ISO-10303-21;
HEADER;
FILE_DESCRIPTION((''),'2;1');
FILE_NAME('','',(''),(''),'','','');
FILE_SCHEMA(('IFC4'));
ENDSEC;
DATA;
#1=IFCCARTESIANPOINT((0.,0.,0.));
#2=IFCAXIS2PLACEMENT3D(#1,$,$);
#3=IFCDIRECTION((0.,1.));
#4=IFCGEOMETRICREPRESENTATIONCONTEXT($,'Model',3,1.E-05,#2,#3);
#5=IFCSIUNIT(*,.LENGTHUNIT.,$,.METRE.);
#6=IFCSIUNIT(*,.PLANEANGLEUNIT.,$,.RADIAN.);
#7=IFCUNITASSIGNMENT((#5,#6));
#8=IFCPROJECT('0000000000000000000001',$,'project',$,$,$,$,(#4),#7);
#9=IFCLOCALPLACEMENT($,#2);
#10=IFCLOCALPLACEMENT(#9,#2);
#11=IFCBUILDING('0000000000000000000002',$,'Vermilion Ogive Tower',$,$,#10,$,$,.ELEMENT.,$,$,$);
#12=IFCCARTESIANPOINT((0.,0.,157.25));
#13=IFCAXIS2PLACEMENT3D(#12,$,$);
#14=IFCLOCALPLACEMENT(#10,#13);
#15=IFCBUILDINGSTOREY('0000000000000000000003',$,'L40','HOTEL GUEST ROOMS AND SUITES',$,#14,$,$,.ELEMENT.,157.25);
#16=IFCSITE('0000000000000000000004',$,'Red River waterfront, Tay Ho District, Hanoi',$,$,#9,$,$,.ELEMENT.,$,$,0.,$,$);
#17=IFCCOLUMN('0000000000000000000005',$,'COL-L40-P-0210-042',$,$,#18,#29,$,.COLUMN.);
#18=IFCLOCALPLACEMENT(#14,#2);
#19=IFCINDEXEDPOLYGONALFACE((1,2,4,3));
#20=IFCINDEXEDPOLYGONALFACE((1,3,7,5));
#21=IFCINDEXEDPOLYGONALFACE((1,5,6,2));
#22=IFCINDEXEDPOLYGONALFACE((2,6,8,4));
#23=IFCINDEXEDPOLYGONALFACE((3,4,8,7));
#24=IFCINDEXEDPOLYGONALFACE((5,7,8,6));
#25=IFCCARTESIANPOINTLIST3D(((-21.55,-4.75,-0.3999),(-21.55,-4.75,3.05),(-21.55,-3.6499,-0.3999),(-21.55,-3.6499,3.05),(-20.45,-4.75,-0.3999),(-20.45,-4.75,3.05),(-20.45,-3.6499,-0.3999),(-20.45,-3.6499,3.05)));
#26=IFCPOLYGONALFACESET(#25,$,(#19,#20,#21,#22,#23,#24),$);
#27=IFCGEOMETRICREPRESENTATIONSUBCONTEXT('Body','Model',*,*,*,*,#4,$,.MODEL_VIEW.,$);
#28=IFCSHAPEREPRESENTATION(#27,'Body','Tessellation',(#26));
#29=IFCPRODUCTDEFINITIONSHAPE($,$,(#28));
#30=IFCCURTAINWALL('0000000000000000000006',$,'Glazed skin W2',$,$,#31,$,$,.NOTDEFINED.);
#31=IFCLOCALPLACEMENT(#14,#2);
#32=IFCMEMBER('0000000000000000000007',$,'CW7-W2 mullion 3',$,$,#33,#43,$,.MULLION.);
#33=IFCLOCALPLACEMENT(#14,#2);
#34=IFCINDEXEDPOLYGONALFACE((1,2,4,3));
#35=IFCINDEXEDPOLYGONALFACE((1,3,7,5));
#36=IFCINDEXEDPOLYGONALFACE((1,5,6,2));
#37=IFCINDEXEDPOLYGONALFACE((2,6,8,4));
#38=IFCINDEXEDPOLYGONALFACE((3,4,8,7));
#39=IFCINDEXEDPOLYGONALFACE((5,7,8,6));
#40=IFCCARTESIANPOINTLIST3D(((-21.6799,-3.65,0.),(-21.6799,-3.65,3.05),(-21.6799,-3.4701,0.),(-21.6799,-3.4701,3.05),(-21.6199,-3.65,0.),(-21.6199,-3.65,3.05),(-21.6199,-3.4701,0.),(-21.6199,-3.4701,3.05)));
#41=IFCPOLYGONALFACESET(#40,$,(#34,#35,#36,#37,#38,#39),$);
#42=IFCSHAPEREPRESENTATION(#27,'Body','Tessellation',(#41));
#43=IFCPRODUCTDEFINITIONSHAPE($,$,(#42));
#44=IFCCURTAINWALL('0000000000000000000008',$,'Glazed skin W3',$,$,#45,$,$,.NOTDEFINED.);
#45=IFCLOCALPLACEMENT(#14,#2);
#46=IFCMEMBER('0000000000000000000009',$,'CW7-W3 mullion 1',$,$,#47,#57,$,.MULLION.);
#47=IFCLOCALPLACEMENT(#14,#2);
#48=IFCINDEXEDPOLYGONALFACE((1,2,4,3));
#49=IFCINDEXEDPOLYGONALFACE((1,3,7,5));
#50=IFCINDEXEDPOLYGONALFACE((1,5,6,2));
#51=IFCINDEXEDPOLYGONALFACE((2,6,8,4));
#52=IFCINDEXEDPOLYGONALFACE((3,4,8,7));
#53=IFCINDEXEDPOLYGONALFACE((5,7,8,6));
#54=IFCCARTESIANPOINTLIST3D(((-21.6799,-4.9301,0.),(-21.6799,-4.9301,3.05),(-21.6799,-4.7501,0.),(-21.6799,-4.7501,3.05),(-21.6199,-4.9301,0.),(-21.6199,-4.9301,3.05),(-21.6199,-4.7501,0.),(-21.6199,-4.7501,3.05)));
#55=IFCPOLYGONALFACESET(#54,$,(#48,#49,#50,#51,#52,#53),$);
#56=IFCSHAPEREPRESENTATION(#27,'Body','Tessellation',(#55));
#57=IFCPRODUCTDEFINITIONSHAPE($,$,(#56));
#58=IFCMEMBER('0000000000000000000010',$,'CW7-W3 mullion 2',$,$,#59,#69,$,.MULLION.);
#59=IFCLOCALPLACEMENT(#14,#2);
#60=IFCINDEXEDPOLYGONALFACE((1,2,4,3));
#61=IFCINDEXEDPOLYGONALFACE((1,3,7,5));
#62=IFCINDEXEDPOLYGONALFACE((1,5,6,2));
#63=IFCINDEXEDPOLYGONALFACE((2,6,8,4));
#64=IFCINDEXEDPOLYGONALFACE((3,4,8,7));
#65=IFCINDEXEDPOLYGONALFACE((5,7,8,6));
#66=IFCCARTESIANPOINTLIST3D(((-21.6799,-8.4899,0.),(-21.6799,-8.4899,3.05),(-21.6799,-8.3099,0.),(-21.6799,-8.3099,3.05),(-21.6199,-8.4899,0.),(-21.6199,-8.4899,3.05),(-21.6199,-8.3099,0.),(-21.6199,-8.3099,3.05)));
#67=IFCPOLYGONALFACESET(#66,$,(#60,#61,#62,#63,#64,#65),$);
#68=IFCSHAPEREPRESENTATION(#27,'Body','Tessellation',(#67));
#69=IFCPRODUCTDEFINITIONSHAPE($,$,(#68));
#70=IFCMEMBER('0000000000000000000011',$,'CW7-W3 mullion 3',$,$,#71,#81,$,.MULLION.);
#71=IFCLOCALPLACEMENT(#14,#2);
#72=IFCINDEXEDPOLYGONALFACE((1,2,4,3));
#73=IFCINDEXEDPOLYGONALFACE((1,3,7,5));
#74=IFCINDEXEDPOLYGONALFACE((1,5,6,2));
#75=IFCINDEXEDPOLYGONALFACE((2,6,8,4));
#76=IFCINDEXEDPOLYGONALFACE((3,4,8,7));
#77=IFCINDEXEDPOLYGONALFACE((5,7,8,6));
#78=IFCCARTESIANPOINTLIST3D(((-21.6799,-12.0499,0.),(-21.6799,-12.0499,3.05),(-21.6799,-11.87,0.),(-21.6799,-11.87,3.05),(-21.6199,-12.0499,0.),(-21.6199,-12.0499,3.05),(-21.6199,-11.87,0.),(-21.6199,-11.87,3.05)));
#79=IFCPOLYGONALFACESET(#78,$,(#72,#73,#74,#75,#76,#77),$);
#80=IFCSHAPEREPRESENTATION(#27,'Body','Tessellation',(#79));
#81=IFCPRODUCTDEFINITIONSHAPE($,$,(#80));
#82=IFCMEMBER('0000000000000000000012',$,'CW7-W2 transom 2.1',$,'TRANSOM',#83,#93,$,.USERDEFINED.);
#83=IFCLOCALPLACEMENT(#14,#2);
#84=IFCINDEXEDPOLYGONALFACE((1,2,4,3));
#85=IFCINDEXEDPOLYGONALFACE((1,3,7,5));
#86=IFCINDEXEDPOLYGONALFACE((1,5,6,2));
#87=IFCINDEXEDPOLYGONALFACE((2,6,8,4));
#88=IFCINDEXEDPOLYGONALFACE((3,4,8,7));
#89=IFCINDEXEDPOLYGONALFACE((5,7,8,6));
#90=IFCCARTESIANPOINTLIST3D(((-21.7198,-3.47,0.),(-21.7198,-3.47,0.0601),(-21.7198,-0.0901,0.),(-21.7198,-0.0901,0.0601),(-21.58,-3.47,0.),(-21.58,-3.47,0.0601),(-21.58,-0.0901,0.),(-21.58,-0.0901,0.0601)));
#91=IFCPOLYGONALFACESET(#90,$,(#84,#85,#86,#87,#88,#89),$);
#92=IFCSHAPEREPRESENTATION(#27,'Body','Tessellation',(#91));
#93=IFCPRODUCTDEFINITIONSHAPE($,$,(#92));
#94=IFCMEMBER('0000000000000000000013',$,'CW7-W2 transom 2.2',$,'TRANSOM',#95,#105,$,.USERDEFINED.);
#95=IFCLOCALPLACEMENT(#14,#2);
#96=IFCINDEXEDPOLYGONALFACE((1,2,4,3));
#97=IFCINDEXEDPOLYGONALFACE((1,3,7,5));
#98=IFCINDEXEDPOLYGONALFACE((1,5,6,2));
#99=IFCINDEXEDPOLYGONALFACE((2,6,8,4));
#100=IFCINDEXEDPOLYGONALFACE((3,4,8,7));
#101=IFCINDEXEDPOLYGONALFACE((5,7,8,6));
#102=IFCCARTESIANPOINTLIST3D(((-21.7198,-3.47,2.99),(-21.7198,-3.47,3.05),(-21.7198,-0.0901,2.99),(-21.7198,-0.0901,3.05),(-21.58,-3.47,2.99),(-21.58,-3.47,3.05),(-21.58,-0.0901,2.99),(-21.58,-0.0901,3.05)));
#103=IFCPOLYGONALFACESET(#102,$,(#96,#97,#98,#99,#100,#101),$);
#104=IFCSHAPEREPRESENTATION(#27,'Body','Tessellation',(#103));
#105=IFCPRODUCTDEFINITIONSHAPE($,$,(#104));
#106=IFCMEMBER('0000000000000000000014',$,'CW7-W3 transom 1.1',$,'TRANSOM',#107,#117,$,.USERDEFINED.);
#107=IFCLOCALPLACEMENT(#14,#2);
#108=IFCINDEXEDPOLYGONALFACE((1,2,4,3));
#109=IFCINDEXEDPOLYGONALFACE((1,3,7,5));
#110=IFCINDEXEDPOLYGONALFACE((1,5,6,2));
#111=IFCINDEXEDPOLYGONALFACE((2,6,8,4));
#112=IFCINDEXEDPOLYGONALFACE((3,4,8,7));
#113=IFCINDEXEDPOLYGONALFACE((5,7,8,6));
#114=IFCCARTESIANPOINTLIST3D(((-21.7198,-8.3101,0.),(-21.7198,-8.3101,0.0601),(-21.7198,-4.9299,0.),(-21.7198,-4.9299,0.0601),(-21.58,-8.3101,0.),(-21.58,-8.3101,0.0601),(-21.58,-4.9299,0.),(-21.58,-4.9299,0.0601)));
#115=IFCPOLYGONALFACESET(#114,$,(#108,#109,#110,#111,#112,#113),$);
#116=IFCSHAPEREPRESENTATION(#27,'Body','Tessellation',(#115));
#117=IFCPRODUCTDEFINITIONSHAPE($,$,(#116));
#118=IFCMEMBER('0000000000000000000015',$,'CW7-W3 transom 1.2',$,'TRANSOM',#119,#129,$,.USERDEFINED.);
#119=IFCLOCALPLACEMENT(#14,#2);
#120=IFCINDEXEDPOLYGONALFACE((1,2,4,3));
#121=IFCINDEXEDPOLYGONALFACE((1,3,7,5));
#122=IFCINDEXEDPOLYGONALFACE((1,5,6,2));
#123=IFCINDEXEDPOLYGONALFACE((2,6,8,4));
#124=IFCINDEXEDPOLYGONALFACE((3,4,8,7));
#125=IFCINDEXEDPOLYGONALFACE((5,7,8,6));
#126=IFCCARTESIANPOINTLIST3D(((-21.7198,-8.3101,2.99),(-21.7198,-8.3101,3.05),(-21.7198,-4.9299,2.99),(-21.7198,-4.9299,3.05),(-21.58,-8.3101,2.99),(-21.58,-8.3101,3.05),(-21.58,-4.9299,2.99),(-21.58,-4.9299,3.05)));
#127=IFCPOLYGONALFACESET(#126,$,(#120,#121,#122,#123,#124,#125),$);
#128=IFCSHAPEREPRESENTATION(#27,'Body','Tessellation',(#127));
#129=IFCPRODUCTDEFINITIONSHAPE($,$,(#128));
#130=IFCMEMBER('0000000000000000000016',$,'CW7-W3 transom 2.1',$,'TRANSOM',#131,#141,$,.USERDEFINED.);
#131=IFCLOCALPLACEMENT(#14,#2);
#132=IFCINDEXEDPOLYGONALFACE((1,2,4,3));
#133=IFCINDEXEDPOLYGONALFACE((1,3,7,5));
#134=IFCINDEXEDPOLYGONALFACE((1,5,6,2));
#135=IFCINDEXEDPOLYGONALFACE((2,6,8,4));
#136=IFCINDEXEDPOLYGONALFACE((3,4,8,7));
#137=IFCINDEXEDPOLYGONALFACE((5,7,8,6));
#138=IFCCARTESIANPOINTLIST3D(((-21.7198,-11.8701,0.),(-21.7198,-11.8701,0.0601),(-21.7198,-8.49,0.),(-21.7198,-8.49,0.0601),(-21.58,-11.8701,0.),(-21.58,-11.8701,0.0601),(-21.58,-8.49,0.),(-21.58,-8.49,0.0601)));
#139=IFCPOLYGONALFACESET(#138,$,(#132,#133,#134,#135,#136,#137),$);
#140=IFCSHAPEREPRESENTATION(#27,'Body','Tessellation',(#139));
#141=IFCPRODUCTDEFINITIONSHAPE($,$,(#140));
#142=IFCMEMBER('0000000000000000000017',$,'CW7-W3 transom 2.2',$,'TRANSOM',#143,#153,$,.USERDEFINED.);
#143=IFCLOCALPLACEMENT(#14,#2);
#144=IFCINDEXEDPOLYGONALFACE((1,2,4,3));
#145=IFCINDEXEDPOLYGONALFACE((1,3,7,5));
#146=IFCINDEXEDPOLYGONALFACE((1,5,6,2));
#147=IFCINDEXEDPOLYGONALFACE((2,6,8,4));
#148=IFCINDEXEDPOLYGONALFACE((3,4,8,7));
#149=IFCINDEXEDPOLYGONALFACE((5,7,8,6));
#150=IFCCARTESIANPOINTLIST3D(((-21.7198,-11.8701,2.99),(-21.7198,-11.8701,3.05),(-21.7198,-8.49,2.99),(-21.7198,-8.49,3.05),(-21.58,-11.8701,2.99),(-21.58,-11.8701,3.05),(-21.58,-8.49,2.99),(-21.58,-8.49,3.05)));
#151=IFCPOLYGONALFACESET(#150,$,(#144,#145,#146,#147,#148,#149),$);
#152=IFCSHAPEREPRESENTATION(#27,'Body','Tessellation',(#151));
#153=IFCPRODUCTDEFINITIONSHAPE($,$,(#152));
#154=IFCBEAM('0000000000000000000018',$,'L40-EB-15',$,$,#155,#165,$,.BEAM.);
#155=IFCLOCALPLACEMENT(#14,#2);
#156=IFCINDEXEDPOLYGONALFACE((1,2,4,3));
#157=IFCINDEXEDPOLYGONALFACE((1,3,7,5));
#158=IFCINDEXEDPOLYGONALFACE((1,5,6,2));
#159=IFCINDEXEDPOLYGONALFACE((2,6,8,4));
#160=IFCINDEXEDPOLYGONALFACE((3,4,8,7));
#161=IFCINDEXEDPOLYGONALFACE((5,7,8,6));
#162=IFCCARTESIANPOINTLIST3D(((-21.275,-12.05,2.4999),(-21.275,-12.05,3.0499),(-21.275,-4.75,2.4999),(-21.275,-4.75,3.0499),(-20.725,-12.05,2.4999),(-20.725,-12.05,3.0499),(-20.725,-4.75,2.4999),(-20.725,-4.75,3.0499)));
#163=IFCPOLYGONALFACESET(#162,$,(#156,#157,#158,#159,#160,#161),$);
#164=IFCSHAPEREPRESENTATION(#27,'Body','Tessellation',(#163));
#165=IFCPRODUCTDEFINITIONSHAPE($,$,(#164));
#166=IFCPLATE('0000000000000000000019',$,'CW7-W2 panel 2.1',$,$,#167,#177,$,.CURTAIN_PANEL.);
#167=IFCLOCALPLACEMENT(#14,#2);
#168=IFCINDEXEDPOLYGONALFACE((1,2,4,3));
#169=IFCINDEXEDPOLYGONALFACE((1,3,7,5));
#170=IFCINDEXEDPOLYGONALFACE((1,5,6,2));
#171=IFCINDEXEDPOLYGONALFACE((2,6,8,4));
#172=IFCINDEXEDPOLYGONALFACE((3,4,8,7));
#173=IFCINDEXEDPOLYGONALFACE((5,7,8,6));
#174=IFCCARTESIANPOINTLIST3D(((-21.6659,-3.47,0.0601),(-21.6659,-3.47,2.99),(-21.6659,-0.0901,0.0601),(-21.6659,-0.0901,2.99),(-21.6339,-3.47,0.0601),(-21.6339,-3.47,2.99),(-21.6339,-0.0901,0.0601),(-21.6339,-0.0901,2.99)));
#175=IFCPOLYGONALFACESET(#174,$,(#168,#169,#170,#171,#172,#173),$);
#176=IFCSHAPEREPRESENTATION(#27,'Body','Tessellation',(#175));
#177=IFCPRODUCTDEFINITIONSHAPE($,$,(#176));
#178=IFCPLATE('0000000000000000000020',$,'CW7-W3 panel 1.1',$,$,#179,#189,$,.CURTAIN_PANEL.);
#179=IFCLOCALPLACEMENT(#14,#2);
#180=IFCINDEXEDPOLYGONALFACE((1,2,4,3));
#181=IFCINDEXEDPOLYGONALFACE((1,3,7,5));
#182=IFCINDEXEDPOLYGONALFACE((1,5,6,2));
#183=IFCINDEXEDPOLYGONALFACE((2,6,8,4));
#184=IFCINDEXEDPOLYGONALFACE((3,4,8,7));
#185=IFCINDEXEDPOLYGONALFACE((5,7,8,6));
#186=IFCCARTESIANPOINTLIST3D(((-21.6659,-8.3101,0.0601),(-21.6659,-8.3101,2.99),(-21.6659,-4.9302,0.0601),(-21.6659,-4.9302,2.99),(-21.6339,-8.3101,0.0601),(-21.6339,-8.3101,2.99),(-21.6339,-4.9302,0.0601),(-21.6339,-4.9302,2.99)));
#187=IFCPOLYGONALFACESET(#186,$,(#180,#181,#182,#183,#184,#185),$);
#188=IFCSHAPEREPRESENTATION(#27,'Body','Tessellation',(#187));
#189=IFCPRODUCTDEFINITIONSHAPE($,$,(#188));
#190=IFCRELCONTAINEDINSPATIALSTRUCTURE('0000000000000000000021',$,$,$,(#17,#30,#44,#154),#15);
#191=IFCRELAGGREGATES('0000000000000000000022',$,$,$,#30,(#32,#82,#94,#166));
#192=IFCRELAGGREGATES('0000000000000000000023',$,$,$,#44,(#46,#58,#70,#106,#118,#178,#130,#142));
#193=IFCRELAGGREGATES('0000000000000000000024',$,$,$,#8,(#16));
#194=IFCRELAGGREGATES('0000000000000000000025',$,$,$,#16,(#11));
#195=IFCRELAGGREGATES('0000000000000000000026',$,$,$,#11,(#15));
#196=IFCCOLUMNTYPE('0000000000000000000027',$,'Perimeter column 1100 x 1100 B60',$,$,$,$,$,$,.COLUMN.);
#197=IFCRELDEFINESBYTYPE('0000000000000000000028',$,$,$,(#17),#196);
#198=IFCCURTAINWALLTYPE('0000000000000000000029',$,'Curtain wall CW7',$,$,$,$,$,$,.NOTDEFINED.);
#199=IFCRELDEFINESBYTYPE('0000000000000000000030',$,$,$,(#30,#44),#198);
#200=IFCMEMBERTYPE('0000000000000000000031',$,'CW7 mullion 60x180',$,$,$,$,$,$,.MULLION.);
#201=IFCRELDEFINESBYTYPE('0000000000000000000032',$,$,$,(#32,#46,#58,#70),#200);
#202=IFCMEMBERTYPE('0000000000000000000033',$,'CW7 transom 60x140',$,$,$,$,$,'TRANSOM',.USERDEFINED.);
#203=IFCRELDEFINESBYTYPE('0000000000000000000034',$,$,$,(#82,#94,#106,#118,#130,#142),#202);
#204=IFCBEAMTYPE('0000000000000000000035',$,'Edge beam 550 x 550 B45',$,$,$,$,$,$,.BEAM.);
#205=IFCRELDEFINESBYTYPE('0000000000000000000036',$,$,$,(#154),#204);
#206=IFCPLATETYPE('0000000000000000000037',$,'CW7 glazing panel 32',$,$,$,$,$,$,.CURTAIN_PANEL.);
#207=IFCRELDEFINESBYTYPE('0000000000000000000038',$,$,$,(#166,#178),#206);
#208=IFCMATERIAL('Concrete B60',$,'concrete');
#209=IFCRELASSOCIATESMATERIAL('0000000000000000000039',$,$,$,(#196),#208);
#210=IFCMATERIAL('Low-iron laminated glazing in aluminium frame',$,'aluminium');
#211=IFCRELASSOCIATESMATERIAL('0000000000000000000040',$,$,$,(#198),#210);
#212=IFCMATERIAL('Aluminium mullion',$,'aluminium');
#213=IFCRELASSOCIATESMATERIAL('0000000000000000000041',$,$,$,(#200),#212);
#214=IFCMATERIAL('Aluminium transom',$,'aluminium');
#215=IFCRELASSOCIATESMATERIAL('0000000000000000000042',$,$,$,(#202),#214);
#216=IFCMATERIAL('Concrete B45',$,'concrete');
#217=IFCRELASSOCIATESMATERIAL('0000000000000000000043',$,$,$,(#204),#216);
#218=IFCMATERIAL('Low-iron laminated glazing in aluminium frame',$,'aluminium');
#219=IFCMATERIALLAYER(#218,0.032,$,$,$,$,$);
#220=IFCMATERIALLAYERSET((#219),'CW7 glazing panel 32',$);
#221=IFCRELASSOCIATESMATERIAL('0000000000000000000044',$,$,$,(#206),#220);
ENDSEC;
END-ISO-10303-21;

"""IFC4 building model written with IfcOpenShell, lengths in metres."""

from ifc_helpers import new_model, si_unit, direction, frame, origin, origin_2d, place, context, subcontext, project, spatial, rectangle, extrude, material, layer, layer_set, material_profile, profile_set, type_object, element, aggregate, save


model = new_model("IFC4")

# Units and contexts
model_context = context("Model", 3, precision=1e-05, world=origin(), true_north=direction((0.0, 1.0)))
body_context = subcontext(model_context, "Body", "Model", "MODEL_VIEW")
ifc_project = project(units=[si_unit("LENGTHUNIT", "METRE"), si_unit("PLANEANGLEUNIT", "RADIAN")], contexts=[model_context])

# Site, building, storey
site_placement = place(None, origin())
site = spatial("IfcSite", under=ifc_project, at=site_placement, Name="Red River waterfront, Tay Ho District, Hanoi", CompositionType="ELEMENT", RefElevation=0.0)
building_placement = place(site_placement, origin())
building = spatial("IfcBuilding", under=site, at=building_placement, Name="Vermilion Ogive Tower", CompositionType="ELEMENT")
storey_placement = place(building_placement, frame((0.0, 0.0, 157.25)))
storey = spatial("IfcBuildingStorey", under=building, at=storey_placement, Name="L40", Description="HOTEL GUEST ROOMS AND SUITES", CompositionType="ELEMENT", Elevation=157.25)

# Column
ifc_material_1 = material(Name="Concrete B60", Category="concrete")
ifc_material_profile_1 = material_profile(ifc_material_1, rectangle(XDim=1.1001, YDim=1.1001, at=origin_2d()), Name="1100 x 1100")
ifc_profile_set_1 = profile_set([ifc_material_profile_1], Name="Concrete B60")
column_type = type_object("IfcColumnType", Name="Perimeter column 1100 x 1100 B60", PredefinedType="COLUMN", material=ifc_profile_set_1)
column_placement = place(storey_placement, frame((-21.0, -4.2, -0.3999), z_axis=(0.0, 0.0, 1.0), x_axis=(1.0, 0.0, 0.0)))
element("IfcColumn", 1, at=column_placement, inside=storey, type_object=column_type, Name="COL-L40-P-0210-042", PredefinedType="COLUMN", context=body_context, shape_type="SweptSolid", body=[
    extrude(rectangle(XDim=1.1001, YDim=1.1001, at=origin_2d()), origin(), (0.0, 0.0, 1.0), 3.45),
])

# Curtain wall, member
ifc_material_2 = material(Name="Low-iron laminated glazing in aluminium frame", Category="aluminium")
curtain_wall_type = type_object("IfcCurtainWallType", Name="Curtain wall CW7", PredefinedType="NOTDEFINED", material=ifc_material_2)
curtain_wall_1_placement = place(storey_placement, origin())
curtain_wall_1 = element("IfcCurtainWall", 2, at=curtain_wall_1_placement, inside=storey, type_object=curtain_wall_type, Name="Glazed skin W2", PredefinedType="NOTDEFINED")
ifc_material_3 = material(Name="Aluminium mullion", Category="aluminium")
ifc_material_profile_2 = material_profile(ifc_material_3, rectangle(XDim=0.0601, YDim=0.1799, at=origin_2d()), Name="AL 60x180")
ifc_profile_set_2 = profile_set([ifc_material_profile_2], Name="Aluminium mullion")
member_type_1 = type_object("IfcMemberType", Name="CW7 mullion 60x180", PredefinedType="MULLION", material=ifc_profile_set_2)
member_1_placement = place(storey_placement, frame((-21.6499, -3.5601, 0.0), z_axis=(0.0, 0.0, 1.0), x_axis=(1.0, 0.0, 0.0)))
member_1 = element("IfcMember", 3, at=member_1_placement, type_object=member_type_1, Name="CW7-W2 mullion 3", PredefinedType="MULLION", context=body_context, shape_type="SweptSolid", body=[
    extrude(rectangle(XDim=0.0601, YDim=0.1799, at=origin_2d()), origin(), (0.0, 0.0, 1.0), 3.05),
])

# Curtain wall, members
curtain_wall_2_placement = place(storey_placement, origin())
curtain_wall_2 = element("IfcCurtainWall", 4, at=curtain_wall_2_placement, inside=storey, type_object=curtain_wall_type, Name="Glazed skin W3", PredefinedType="NOTDEFINED")
member_2_placement = place(storey_placement, frame((-21.6499, -4.8401, 0.0), z_axis=(0.0, 0.0, 1.0), x_axis=(1.0, 0.0, 0.0)))
member_2 = element("IfcMember", 5, at=member_2_placement, type_object=member_type_1, Name="CW7-W3 mullion 1", PredefinedType="MULLION", context=body_context, shape_type="SweptSolid", body=[
    extrude(rectangle(XDim=0.0601, YDim=0.1799, at=origin_2d()), origin(), (0.0, 0.0, 1.0), 3.05),
])
member_3_placement = place(storey_placement, frame((-21.6499, -8.3999, 0.0), z_axis=(0.0, 0.0, 1.0), x_axis=(1.0, 0.0, 0.0)))
member_3 = element("IfcMember", 6, at=member_3_placement, type_object=member_type_1, Name="CW7-W3 mullion 2", PredefinedType="MULLION", context=body_context, shape_type="SweptSolid", body=[
    extrude(rectangle(XDim=0.0601, YDim=0.1799, at=origin_2d()), origin(), (0.0, 0.0, 1.0), 3.05),
])
member_4_placement = place(storey_placement, frame((-21.6499, -11.96, 0.0), z_axis=(0.0, 0.0, 1.0), x_axis=(1.0, 0.0, 0.0)))
member_4 = element("IfcMember", 7, at=member_4_placement, type_object=member_type_1, Name="CW7-W3 mullion 3", PredefinedType="MULLION", context=body_context, shape_type="SweptSolid", body=[
    extrude(rectangle(XDim=0.0601, YDim=0.1799, at=origin_2d()), origin(), (0.0, 0.0, 1.0), 3.05),
])

# Members
ifc_material_4 = material(Name="Aluminium transom", Category="aluminium")
ifc_material_profile_3 = material_profile(ifc_material_4, rectangle(XDim=0.1399, YDim=0.0601, at=origin_2d()), Name="AL 60x140")
ifc_profile_set_3 = profile_set([ifc_material_profile_3], Name="Aluminium transom")
member_type_2 = type_object("IfcMemberType", Name="CW7 transom 60x140", ElementType="TRANSOM", PredefinedType="USERDEFINED", material=ifc_profile_set_3)
member_5_placement = place(storey_placement, frame((-21.6499, -0.0901, 0.03), z_axis=(0.0, -1.0, 0.0), x_axis=(1.0, 0.0, 0.0)))
member_5 = element("IfcMember", 8, at=member_5_placement, type_object=member_type_2, Name="CW7-W2 transom 2.1", ObjectType="TRANSOM", PredefinedType="USERDEFINED", context=body_context, shape_type="SweptSolid", body=[
    extrude(rectangle(XDim=0.1399, YDim=0.0601, at=origin_2d()), origin(), (0.0, 0.0, 1.0), 3.3799),
])
member_6_placement = place(storey_placement, frame((-21.6499, -0.0901, 3.02), z_axis=(0.0, -1.0, 0.0), x_axis=(1.0, 0.0, 0.0)))
member_6 = element("IfcMember", 9, at=member_6_placement, type_object=member_type_2, Name="CW7-W2 transom 2.2", ObjectType="TRANSOM", PredefinedType="USERDEFINED", context=body_context, shape_type="SweptSolid", body=[
    extrude(rectangle(XDim=0.1399, YDim=0.0601, at=origin_2d()), origin(), (0.0, 0.0, 1.0), 3.3799),
])
member_7_placement = place(storey_placement, frame((-21.6499, -4.9299, 0.03), z_axis=(0.0, -1.0, 0.0), x_axis=(1.0, 0.0, 0.0)))
member_7 = element("IfcMember", 10, at=member_7_placement, type_object=member_type_2, Name="CW7-W3 transom 1.1", ObjectType="TRANSOM", PredefinedType="USERDEFINED", context=body_context, shape_type="SweptSolid", body=[
    extrude(rectangle(XDim=0.1399, YDim=0.0601, at=origin_2d()), origin(), (0.0, 0.0, 1.0), 3.3801),
])
member_8_placement = place(storey_placement, frame((-21.6499, -4.9299, 3.02), z_axis=(0.0, -1.0, 0.0), x_axis=(1.0, 0.0, 0.0)))
member_8 = element("IfcMember", 11, at=member_8_placement, type_object=member_type_2, Name="CW7-W3 transom 1.2", ObjectType="TRANSOM", PredefinedType="USERDEFINED", context=body_context, shape_type="SweptSolid", body=[
    extrude(rectangle(XDim=0.1399, YDim=0.0601, at=origin_2d()), origin(), (0.0, 0.0, 1.0), 3.3801),
])
member_9_placement = place(storey_placement, frame((-21.6499, -8.49, 0.03), z_axis=(0.0, -1.0, 0.0), x_axis=(1.0, 0.0, 0.0)))
member_9 = element("IfcMember", 12, at=member_9_placement, type_object=member_type_2, Name="CW7-W3 transom 2.1", ObjectType="TRANSOM", PredefinedType="USERDEFINED", context=body_context, shape_type="SweptSolid", body=[
    extrude(rectangle(XDim=0.1399, YDim=0.0601, at=origin_2d()), origin(), (0.0, 0.0, 1.0), 3.3801),
])
member_10_placement = place(storey_placement, frame((-21.6499, -8.49, 3.02), z_axis=(0.0, -1.0, 0.0), x_axis=(1.0, 0.0, 0.0)))
member_10 = element("IfcMember", 13, at=member_10_placement, type_object=member_type_2, Name="CW7-W3 transom 2.2", ObjectType="TRANSOM", PredefinedType="USERDEFINED", context=body_context, shape_type="SweptSolid", body=[
    extrude(rectangle(XDim=0.1399, YDim=0.0601, at=origin_2d()), origin(), (0.0, 0.0, 1.0), 3.3801),
])

# Beam
ifc_material_5 = material(Name="Concrete B45", Category="concrete")
ifc_material_profile_4 = material_profile(ifc_material_5, rectangle(XDim=0.55, YDim=0.55, at=origin_2d()), Name="550 x 550")
ifc_profile_set_4 = profile_set([ifc_material_profile_4], Name="Concrete B45")
beam_type = type_object("IfcBeamType", Name="Edge beam 550 x 550 B45", PredefinedType="BEAM", material=ifc_profile_set_4)
beam_placement = place(storey_placement, frame((-21.0, -4.75, 2.7749), z_axis=(0.0, -1.0, 0.0), x_axis=(1.0, 0.0, 0.0)))
element("IfcBeam", 14, at=beam_placement, inside=storey, type_object=beam_type, Name="L40-EB-15", PredefinedType="BEAM", context=body_context, shape_type="SweptSolid", body=[
    extrude(rectangle(XDim=0.55, YDim=0.55, at=origin_2d()), origin(), (0.0, 0.0, 1.0), 7.3),
])

# Plates
ifc_material_6 = material(Name="Low-iron laminated glazing in aluminium frame", Category="aluminium")
ifc_layer_1 = layer(ifc_material_6, 0.032)
ifc_layer_set_1 = layer_set([ifc_layer_1], Name="CW7 glazing panel 32")
plate_type = type_object("IfcPlateType", Name="CW7 glazing panel 32", PredefinedType="CURTAIN_PANEL", material=ifc_layer_set_1)
plate_1_placement = place(storey_placement, frame((-21.6499, -1.78, 0.0601), z_axis=(0.0, 0.0, 1.0), x_axis=(0.0, -1.0, 0.0)))
plate_1 = element("IfcPlate", 15, at=plate_1_placement, type_object=plate_type, Name="CW7-W2 panel 2.1", PredefinedType="CURTAIN_PANEL", context=body_context, shape_type="SweptSolid", body=[
    extrude(rectangle(XDim=3.3799, YDim=0.032, at=origin_2d()), origin(), (0.0, 0.0, 1.0), 2.9299),
])
aggregate(curtain_wall_1, [member_1, member_5, member_6, plate_1])
plate_2_placement = place(storey_placement, frame((-21.6499, -6.6201, 0.0601), z_axis=(0.0, 0.0, 1.0), x_axis=(0.0, -1.0, 0.0)))
plate_2 = element("IfcPlate", 16, at=plate_2_placement, type_object=plate_type, Name="CW7-W3 panel 1.1", PredefinedType="CURTAIN_PANEL", context=body_context, shape_type="SweptSolid", body=[
    extrude(rectangle(XDim=3.3799, YDim=0.032, at=origin_2d()), origin(), (0.0, 0.0, 1.0), 2.9299),
])
aggregate(curtain_wall_2, [member_2, member_3, member_4, member_7, member_8, plate_2, member_9, member_10])

save(model, "model.ifc")
